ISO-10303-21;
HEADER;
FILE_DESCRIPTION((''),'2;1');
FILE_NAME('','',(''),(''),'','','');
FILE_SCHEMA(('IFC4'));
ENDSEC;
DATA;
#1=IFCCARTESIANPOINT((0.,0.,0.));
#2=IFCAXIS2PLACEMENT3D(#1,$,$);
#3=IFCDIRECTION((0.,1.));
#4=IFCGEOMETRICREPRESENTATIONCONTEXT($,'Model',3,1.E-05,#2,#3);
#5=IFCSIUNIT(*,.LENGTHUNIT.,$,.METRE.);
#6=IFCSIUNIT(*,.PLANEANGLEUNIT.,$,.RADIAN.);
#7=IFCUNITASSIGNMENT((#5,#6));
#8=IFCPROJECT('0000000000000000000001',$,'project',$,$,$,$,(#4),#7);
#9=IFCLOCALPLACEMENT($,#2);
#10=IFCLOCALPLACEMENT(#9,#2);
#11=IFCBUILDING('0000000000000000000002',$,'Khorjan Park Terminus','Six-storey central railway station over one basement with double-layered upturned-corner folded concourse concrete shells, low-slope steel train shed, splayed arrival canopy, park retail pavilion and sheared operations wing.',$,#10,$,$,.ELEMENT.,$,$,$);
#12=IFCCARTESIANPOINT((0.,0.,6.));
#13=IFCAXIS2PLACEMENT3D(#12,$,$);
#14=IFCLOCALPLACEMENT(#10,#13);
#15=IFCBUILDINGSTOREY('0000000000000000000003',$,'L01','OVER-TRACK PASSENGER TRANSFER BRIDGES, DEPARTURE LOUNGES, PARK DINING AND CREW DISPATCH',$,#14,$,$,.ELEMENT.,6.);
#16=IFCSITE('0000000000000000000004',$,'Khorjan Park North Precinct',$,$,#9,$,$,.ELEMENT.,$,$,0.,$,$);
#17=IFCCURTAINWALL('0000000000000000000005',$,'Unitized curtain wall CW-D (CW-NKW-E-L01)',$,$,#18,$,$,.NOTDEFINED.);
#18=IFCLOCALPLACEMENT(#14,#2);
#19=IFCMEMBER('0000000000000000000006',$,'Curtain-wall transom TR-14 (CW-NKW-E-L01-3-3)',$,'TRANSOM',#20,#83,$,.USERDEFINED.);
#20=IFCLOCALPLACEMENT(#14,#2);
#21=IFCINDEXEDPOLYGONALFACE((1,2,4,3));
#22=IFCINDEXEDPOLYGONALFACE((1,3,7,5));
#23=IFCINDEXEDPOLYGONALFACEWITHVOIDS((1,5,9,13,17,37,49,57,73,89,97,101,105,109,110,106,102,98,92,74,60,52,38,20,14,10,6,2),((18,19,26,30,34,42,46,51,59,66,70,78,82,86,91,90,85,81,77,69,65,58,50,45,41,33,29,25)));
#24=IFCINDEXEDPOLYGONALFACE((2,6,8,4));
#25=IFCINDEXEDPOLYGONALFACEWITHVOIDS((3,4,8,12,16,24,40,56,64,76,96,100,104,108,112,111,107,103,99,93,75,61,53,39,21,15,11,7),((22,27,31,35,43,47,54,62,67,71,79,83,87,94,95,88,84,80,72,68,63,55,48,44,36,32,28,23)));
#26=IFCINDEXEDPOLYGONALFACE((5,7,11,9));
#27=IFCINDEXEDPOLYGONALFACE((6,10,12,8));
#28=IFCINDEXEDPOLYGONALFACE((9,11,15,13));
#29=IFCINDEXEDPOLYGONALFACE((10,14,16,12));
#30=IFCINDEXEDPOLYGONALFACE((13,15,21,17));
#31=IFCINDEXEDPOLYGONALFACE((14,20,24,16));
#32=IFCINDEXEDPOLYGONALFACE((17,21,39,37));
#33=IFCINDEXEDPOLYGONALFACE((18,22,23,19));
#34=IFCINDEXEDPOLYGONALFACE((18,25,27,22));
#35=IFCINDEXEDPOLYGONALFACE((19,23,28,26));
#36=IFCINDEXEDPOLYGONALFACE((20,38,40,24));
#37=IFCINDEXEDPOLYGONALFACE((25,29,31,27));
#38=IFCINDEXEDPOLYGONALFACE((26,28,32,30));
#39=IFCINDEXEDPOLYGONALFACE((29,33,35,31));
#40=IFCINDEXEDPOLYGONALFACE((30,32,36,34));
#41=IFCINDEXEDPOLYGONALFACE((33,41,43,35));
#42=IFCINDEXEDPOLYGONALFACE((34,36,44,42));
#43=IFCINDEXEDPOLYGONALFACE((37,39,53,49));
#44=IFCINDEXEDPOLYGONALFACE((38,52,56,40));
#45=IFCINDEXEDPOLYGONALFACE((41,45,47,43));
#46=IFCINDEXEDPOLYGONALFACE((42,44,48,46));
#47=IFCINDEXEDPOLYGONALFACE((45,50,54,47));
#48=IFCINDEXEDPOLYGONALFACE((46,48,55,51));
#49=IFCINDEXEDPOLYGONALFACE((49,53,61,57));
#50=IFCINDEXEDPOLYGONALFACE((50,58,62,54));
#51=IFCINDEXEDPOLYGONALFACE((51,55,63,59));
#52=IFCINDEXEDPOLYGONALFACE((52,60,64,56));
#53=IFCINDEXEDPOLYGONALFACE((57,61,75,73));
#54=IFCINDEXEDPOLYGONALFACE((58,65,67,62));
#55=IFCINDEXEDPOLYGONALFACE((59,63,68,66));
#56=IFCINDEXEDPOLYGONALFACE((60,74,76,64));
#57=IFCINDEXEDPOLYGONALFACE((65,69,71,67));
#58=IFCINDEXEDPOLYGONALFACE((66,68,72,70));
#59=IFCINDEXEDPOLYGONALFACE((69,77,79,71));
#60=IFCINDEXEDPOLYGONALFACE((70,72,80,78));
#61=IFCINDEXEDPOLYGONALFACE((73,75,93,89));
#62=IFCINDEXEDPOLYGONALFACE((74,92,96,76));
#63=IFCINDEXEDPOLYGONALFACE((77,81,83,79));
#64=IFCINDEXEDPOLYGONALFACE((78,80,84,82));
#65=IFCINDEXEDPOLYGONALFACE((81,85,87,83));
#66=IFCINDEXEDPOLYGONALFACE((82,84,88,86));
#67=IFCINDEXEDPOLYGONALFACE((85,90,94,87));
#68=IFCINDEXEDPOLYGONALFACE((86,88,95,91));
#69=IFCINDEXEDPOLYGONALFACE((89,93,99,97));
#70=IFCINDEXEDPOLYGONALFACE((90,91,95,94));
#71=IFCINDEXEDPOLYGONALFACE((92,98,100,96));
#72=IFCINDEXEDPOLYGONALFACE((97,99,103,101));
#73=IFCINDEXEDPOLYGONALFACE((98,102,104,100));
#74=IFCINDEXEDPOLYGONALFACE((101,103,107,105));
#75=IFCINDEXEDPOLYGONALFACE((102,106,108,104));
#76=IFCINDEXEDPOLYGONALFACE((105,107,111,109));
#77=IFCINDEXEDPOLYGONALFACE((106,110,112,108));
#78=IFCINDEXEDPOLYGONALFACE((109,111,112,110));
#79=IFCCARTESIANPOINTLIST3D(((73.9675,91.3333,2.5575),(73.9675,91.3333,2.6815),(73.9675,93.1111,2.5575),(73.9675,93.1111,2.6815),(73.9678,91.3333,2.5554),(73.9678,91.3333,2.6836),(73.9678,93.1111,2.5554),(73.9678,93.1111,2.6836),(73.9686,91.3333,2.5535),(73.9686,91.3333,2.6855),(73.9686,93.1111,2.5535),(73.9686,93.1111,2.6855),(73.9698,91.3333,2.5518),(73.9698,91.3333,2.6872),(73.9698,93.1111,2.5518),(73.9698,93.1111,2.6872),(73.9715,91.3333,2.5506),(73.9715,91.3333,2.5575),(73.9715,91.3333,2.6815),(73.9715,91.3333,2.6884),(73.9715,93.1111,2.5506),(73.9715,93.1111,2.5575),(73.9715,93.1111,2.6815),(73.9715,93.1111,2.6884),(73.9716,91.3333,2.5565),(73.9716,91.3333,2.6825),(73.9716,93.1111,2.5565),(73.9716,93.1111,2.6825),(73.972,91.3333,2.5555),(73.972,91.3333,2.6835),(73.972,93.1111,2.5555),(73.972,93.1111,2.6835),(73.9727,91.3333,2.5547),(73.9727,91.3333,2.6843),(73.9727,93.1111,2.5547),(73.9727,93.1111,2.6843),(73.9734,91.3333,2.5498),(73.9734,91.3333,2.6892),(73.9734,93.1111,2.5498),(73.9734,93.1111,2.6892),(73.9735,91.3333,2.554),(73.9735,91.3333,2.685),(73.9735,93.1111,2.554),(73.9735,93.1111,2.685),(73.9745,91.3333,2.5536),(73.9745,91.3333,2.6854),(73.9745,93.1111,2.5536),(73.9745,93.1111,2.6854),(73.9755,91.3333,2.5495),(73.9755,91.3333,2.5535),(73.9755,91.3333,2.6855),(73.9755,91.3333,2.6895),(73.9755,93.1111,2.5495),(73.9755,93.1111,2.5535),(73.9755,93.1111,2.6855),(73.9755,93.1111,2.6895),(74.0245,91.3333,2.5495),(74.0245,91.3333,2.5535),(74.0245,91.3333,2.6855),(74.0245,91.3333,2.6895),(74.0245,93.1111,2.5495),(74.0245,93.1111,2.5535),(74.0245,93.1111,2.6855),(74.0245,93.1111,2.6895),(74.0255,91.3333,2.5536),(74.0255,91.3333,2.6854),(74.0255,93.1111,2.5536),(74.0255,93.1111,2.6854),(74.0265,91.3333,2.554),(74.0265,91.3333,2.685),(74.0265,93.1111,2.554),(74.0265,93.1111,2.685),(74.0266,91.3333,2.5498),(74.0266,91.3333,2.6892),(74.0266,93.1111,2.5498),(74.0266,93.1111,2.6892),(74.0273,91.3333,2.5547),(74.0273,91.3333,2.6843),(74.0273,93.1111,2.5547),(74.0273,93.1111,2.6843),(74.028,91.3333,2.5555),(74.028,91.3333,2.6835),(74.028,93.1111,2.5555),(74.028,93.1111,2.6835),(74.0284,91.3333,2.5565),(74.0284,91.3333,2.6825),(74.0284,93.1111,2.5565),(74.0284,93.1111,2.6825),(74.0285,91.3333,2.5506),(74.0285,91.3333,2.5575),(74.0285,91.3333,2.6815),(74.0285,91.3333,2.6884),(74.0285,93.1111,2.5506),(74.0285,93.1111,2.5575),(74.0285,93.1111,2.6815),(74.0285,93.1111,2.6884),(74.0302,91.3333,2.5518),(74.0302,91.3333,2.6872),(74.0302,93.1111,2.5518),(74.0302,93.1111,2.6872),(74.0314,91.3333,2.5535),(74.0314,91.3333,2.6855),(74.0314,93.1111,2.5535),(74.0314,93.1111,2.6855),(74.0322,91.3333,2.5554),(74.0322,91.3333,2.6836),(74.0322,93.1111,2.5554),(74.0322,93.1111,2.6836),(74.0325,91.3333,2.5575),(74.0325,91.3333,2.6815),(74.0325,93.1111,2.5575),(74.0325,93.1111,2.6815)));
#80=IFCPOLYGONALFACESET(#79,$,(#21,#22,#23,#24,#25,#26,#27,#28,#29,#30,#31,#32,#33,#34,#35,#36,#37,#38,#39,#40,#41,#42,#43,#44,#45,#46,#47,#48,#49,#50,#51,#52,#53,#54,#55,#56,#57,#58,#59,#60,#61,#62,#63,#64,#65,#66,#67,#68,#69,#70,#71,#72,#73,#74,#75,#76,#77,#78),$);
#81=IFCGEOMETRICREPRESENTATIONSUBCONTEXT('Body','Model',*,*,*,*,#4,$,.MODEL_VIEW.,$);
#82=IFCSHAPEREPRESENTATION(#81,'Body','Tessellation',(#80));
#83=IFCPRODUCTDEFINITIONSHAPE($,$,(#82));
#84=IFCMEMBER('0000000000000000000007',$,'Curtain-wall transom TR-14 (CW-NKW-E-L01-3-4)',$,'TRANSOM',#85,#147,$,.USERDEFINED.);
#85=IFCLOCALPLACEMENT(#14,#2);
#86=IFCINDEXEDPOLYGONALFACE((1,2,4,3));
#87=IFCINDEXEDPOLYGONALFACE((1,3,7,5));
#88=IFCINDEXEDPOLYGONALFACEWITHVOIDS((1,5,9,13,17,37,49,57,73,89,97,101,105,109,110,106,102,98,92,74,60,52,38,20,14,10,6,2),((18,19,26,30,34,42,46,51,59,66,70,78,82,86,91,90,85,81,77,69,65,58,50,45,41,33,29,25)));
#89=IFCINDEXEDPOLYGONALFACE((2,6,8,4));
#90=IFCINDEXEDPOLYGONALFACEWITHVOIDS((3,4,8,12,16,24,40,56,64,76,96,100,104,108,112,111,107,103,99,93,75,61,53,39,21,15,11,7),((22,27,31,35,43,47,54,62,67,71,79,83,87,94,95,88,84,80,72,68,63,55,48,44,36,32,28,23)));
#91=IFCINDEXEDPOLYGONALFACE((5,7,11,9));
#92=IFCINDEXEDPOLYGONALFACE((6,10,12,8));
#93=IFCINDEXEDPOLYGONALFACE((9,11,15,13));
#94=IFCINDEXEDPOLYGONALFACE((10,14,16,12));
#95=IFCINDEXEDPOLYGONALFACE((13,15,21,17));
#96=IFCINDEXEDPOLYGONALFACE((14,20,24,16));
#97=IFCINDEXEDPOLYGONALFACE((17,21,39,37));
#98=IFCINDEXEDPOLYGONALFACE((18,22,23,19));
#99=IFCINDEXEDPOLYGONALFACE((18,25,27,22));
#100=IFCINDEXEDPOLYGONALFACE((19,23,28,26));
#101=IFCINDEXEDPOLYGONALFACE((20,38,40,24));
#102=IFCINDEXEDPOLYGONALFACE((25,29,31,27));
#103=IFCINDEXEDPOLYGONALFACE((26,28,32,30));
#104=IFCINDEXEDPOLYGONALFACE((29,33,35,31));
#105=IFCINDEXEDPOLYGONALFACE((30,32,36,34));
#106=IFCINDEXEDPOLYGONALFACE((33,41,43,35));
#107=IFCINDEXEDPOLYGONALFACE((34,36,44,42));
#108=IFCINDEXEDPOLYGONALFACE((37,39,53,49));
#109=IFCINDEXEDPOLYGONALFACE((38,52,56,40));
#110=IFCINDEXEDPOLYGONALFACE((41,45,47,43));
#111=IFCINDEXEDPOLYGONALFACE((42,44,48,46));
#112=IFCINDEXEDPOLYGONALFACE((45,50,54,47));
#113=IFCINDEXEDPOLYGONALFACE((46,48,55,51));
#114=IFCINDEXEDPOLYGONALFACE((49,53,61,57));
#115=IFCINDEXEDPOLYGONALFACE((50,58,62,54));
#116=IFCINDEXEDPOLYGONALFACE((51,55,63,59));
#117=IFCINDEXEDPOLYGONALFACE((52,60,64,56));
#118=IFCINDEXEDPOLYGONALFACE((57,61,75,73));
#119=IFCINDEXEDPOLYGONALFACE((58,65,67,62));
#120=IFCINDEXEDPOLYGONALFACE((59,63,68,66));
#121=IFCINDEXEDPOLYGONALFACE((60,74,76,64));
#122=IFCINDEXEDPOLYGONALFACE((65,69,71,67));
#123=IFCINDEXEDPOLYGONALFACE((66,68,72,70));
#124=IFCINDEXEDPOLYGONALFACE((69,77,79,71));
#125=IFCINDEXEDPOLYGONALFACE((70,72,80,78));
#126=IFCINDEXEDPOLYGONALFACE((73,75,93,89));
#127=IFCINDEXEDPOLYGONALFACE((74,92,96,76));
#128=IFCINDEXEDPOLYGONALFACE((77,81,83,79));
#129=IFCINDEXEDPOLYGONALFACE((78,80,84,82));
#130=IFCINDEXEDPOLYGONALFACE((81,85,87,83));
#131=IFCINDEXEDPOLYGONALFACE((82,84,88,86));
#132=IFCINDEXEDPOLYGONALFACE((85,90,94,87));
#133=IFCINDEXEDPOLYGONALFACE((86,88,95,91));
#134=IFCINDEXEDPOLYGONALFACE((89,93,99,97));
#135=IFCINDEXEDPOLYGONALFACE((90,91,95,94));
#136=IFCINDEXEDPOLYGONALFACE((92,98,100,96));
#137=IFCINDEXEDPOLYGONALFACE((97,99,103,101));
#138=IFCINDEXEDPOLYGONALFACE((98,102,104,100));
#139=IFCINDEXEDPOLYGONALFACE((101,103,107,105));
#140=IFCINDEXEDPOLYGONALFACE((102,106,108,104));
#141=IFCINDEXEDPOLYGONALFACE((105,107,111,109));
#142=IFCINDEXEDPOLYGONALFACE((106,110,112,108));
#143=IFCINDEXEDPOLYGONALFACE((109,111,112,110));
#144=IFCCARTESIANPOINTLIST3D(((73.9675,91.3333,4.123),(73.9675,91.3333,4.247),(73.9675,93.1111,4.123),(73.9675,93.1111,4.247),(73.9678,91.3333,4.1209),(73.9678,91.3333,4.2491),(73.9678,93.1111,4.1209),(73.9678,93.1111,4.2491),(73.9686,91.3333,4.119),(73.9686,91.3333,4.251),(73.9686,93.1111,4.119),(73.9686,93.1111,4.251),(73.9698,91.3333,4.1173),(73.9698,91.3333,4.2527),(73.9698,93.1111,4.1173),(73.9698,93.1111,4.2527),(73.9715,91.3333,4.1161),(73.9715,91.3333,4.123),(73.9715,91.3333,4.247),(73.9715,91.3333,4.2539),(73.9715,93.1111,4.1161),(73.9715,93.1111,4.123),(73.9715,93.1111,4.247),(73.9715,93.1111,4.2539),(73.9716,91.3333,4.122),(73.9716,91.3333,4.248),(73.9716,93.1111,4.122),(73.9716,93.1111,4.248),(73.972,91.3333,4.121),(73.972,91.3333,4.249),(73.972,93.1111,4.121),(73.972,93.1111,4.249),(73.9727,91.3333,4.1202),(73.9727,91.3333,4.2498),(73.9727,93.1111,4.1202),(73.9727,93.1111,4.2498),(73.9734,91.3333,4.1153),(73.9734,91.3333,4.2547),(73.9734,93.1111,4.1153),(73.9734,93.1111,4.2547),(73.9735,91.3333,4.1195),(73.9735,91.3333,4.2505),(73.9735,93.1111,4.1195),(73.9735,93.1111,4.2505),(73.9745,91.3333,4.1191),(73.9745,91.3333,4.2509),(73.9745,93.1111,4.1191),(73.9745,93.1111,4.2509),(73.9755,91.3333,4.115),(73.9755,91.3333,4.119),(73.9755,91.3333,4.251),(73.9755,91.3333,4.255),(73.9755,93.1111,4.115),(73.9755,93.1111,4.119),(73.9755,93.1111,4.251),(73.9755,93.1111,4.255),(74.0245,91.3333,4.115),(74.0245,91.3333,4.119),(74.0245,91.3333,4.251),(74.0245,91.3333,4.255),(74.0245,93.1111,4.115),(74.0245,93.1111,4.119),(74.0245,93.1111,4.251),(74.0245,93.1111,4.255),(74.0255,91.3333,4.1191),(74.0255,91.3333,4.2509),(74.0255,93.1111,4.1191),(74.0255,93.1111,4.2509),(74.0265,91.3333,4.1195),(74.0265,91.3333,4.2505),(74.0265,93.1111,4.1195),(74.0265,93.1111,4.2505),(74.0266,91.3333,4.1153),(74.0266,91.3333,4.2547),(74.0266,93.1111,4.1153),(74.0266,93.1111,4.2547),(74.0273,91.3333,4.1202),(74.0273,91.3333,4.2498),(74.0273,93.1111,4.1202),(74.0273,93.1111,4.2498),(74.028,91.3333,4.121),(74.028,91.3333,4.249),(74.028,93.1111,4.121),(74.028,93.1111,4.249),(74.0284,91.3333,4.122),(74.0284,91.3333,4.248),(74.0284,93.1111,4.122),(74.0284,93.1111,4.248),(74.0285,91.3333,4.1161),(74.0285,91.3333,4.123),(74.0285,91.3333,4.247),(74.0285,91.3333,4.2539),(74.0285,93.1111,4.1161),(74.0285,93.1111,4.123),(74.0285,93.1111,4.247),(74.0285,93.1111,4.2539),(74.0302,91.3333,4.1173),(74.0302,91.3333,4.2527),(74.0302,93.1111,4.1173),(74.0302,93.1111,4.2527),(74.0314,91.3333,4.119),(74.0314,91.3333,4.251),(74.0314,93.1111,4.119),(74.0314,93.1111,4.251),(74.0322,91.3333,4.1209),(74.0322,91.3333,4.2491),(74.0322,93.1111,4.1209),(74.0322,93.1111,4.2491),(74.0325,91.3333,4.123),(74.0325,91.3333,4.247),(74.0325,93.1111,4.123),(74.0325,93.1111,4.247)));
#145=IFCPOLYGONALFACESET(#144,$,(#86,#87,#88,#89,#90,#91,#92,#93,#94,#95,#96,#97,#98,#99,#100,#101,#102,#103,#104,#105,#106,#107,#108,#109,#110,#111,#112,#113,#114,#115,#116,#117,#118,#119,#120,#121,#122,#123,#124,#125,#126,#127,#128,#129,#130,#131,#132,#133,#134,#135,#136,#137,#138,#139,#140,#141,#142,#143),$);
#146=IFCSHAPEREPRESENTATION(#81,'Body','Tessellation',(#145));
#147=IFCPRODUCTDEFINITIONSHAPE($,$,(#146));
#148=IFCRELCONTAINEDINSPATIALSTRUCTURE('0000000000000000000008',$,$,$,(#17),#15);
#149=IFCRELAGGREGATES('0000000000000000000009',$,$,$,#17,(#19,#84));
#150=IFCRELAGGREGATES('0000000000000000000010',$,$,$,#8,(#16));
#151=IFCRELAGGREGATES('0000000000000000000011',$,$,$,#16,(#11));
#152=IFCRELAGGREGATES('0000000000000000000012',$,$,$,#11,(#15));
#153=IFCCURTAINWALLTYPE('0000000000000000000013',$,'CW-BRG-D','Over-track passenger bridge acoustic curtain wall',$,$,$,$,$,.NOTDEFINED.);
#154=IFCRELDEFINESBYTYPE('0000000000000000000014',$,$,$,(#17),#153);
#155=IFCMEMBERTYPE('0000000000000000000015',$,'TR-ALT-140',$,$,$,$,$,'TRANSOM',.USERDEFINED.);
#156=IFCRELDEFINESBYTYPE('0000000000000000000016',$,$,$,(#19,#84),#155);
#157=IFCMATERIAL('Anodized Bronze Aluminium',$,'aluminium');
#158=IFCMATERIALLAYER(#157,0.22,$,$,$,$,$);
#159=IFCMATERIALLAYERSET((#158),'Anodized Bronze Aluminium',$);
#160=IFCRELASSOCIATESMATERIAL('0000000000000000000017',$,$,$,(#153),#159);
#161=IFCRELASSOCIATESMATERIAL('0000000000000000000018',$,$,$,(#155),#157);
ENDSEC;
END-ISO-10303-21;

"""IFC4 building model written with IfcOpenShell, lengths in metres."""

from ifc_helpers import new_model, si_unit, direction, frame, origin, origin_2d, place, context, subcontext, project, spatial, hollow_rectangle, extrude, material, layer, layer_set, material_profile, profile_set, type_object, element, aggregate, save


model = new_model("IFC4")

# Units and contexts
model_context = context("Model", 3, precision=1e-05, world=origin(), true_north=direction((0.0, 1.0)))
body_context = subcontext(model_context, "Body", "Model", "MODEL_VIEW")
ifc_project = project(units=[si_unit("LENGTHUNIT", "METRE"), si_unit("PLANEANGLEUNIT", "RADIAN")], contexts=[model_context])

# Site, building, storey
site_placement = place(None, origin())
site = spatial("IfcSite", under=ifc_project, at=site_placement, Name="Khorjan Park North Precinct", CompositionType="ELEMENT", RefElevation=0.0)
building_placement = place(site_placement, origin())
building = spatial("IfcBuilding", under=site, at=building_placement, Name="Khorjan Park Terminus", Description="Six-storey central railway station over one basement with double-layered upturned-corner folded concourse concrete shells, low-slope steel train shed, splayed arrival canopy, park retail pavilion and sheared operations wing.", CompositionType="ELEMENT")
storey_placement = place(building_placement, frame((0.0, 0.0, 6.0)))
storey = spatial("IfcBuildingStorey", under=building, at=storey_placement, Name="L01", Description="OVER-TRACK PASSENGER TRANSFER BRIDGES, DEPARTURE LOUNGES, PARK DINING AND CREW DISPATCH", CompositionType="ELEMENT", Elevation=6.0)

# Curtain wall, members
ifc_material_1 = material(Name="Anodized Bronze Aluminium", Category="aluminium")
ifc_layer_1 = layer(ifc_material_1, 0.22)
ifc_layer_set_1 = layer_set([ifc_layer_1], Name="Anodized Bronze Aluminium")
curtain_wall_type = type_object("IfcCurtainWallType", Name="CW-BRG-D", Description="Over-track passenger bridge acoustic curtain wall", PredefinedType="NOTDEFINED", material=ifc_layer_set_1)
curtain_wall_placement = place(storey_placement, origin())
curtain_wall = element("IfcCurtainWall", 1, at=curtain_wall_placement, inside=storey, type_object=curtain_wall_type, Name="Unitized curtain wall CW-D (CW-NKW-E-L01)", PredefinedType="NOTDEFINED")
ifc_material_profile_1 = material_profile(ifc_material_1, hollow_rectangle(XDim=0.065, YDim=0.14, WallThickness=0.004, InnerFilletRadius=0.004, OuterFilletRadius=0.008, at=origin_2d()), Name="ALT 65x140x4")
ifc_profile_set_1 = profile_set([ifc_material_profile_1], Name="Anodized Bronze Aluminium")
member_type_1 = type_object("IfcMemberType", Name="TR-ALT-140", ElementType="TRANSOM", PredefinedType="USERDEFINED", material=ifc_profile_set_1)
member_1_placement = place(storey_placement, frame((74.0, 91.3333, 2.6195), z_axis=(0.0, 1.0, 0.0), x_axis=(-1.0, 0.0, 0.0)))
member_1 = element("IfcMember", 2, at=member_1_placement, type_object=member_type_1, Name="Curtain-wall transom TR-14 (CW-NKW-E-L01-3-3)", ObjectType="TRANSOM", PredefinedType="USERDEFINED", context=body_context, shape_type="SweptSolid", body=[
    extrude(hollow_rectangle(XDim=0.065, YDim=0.14, WallThickness=0.004, InnerFilletRadius=0.004, OuterFilletRadius=0.008, at=origin_2d()), origin(), (0.0, 0.0, 1.0), 1.7778),
])
member_2_placement = place(storey_placement, frame((74.0, 91.3333, 4.185), z_axis=(0.0, 1.0, 0.0), x_axis=(-1.0, 0.0, 0.0)))
member_2 = element("IfcMember", 3, at=member_2_placement, type_object=member_type_1, Name="Curtain-wall transom TR-14 (CW-NKW-E-L01-3-4)", ObjectType="TRANSOM", PredefinedType="USERDEFINED", context=body_context, shape_type="SweptSolid", body=[
    extrude(hollow_rectangle(XDim=0.065, YDim=0.14, WallThickness=0.004, InnerFilletRadius=0.004, OuterFilletRadius=0.008, at=origin_2d()), origin(), (0.0, 0.0, 1.0), 1.7778),
])
aggregate(curtain_wall, [member_1, member_2])

save(model, "model.ifc")
